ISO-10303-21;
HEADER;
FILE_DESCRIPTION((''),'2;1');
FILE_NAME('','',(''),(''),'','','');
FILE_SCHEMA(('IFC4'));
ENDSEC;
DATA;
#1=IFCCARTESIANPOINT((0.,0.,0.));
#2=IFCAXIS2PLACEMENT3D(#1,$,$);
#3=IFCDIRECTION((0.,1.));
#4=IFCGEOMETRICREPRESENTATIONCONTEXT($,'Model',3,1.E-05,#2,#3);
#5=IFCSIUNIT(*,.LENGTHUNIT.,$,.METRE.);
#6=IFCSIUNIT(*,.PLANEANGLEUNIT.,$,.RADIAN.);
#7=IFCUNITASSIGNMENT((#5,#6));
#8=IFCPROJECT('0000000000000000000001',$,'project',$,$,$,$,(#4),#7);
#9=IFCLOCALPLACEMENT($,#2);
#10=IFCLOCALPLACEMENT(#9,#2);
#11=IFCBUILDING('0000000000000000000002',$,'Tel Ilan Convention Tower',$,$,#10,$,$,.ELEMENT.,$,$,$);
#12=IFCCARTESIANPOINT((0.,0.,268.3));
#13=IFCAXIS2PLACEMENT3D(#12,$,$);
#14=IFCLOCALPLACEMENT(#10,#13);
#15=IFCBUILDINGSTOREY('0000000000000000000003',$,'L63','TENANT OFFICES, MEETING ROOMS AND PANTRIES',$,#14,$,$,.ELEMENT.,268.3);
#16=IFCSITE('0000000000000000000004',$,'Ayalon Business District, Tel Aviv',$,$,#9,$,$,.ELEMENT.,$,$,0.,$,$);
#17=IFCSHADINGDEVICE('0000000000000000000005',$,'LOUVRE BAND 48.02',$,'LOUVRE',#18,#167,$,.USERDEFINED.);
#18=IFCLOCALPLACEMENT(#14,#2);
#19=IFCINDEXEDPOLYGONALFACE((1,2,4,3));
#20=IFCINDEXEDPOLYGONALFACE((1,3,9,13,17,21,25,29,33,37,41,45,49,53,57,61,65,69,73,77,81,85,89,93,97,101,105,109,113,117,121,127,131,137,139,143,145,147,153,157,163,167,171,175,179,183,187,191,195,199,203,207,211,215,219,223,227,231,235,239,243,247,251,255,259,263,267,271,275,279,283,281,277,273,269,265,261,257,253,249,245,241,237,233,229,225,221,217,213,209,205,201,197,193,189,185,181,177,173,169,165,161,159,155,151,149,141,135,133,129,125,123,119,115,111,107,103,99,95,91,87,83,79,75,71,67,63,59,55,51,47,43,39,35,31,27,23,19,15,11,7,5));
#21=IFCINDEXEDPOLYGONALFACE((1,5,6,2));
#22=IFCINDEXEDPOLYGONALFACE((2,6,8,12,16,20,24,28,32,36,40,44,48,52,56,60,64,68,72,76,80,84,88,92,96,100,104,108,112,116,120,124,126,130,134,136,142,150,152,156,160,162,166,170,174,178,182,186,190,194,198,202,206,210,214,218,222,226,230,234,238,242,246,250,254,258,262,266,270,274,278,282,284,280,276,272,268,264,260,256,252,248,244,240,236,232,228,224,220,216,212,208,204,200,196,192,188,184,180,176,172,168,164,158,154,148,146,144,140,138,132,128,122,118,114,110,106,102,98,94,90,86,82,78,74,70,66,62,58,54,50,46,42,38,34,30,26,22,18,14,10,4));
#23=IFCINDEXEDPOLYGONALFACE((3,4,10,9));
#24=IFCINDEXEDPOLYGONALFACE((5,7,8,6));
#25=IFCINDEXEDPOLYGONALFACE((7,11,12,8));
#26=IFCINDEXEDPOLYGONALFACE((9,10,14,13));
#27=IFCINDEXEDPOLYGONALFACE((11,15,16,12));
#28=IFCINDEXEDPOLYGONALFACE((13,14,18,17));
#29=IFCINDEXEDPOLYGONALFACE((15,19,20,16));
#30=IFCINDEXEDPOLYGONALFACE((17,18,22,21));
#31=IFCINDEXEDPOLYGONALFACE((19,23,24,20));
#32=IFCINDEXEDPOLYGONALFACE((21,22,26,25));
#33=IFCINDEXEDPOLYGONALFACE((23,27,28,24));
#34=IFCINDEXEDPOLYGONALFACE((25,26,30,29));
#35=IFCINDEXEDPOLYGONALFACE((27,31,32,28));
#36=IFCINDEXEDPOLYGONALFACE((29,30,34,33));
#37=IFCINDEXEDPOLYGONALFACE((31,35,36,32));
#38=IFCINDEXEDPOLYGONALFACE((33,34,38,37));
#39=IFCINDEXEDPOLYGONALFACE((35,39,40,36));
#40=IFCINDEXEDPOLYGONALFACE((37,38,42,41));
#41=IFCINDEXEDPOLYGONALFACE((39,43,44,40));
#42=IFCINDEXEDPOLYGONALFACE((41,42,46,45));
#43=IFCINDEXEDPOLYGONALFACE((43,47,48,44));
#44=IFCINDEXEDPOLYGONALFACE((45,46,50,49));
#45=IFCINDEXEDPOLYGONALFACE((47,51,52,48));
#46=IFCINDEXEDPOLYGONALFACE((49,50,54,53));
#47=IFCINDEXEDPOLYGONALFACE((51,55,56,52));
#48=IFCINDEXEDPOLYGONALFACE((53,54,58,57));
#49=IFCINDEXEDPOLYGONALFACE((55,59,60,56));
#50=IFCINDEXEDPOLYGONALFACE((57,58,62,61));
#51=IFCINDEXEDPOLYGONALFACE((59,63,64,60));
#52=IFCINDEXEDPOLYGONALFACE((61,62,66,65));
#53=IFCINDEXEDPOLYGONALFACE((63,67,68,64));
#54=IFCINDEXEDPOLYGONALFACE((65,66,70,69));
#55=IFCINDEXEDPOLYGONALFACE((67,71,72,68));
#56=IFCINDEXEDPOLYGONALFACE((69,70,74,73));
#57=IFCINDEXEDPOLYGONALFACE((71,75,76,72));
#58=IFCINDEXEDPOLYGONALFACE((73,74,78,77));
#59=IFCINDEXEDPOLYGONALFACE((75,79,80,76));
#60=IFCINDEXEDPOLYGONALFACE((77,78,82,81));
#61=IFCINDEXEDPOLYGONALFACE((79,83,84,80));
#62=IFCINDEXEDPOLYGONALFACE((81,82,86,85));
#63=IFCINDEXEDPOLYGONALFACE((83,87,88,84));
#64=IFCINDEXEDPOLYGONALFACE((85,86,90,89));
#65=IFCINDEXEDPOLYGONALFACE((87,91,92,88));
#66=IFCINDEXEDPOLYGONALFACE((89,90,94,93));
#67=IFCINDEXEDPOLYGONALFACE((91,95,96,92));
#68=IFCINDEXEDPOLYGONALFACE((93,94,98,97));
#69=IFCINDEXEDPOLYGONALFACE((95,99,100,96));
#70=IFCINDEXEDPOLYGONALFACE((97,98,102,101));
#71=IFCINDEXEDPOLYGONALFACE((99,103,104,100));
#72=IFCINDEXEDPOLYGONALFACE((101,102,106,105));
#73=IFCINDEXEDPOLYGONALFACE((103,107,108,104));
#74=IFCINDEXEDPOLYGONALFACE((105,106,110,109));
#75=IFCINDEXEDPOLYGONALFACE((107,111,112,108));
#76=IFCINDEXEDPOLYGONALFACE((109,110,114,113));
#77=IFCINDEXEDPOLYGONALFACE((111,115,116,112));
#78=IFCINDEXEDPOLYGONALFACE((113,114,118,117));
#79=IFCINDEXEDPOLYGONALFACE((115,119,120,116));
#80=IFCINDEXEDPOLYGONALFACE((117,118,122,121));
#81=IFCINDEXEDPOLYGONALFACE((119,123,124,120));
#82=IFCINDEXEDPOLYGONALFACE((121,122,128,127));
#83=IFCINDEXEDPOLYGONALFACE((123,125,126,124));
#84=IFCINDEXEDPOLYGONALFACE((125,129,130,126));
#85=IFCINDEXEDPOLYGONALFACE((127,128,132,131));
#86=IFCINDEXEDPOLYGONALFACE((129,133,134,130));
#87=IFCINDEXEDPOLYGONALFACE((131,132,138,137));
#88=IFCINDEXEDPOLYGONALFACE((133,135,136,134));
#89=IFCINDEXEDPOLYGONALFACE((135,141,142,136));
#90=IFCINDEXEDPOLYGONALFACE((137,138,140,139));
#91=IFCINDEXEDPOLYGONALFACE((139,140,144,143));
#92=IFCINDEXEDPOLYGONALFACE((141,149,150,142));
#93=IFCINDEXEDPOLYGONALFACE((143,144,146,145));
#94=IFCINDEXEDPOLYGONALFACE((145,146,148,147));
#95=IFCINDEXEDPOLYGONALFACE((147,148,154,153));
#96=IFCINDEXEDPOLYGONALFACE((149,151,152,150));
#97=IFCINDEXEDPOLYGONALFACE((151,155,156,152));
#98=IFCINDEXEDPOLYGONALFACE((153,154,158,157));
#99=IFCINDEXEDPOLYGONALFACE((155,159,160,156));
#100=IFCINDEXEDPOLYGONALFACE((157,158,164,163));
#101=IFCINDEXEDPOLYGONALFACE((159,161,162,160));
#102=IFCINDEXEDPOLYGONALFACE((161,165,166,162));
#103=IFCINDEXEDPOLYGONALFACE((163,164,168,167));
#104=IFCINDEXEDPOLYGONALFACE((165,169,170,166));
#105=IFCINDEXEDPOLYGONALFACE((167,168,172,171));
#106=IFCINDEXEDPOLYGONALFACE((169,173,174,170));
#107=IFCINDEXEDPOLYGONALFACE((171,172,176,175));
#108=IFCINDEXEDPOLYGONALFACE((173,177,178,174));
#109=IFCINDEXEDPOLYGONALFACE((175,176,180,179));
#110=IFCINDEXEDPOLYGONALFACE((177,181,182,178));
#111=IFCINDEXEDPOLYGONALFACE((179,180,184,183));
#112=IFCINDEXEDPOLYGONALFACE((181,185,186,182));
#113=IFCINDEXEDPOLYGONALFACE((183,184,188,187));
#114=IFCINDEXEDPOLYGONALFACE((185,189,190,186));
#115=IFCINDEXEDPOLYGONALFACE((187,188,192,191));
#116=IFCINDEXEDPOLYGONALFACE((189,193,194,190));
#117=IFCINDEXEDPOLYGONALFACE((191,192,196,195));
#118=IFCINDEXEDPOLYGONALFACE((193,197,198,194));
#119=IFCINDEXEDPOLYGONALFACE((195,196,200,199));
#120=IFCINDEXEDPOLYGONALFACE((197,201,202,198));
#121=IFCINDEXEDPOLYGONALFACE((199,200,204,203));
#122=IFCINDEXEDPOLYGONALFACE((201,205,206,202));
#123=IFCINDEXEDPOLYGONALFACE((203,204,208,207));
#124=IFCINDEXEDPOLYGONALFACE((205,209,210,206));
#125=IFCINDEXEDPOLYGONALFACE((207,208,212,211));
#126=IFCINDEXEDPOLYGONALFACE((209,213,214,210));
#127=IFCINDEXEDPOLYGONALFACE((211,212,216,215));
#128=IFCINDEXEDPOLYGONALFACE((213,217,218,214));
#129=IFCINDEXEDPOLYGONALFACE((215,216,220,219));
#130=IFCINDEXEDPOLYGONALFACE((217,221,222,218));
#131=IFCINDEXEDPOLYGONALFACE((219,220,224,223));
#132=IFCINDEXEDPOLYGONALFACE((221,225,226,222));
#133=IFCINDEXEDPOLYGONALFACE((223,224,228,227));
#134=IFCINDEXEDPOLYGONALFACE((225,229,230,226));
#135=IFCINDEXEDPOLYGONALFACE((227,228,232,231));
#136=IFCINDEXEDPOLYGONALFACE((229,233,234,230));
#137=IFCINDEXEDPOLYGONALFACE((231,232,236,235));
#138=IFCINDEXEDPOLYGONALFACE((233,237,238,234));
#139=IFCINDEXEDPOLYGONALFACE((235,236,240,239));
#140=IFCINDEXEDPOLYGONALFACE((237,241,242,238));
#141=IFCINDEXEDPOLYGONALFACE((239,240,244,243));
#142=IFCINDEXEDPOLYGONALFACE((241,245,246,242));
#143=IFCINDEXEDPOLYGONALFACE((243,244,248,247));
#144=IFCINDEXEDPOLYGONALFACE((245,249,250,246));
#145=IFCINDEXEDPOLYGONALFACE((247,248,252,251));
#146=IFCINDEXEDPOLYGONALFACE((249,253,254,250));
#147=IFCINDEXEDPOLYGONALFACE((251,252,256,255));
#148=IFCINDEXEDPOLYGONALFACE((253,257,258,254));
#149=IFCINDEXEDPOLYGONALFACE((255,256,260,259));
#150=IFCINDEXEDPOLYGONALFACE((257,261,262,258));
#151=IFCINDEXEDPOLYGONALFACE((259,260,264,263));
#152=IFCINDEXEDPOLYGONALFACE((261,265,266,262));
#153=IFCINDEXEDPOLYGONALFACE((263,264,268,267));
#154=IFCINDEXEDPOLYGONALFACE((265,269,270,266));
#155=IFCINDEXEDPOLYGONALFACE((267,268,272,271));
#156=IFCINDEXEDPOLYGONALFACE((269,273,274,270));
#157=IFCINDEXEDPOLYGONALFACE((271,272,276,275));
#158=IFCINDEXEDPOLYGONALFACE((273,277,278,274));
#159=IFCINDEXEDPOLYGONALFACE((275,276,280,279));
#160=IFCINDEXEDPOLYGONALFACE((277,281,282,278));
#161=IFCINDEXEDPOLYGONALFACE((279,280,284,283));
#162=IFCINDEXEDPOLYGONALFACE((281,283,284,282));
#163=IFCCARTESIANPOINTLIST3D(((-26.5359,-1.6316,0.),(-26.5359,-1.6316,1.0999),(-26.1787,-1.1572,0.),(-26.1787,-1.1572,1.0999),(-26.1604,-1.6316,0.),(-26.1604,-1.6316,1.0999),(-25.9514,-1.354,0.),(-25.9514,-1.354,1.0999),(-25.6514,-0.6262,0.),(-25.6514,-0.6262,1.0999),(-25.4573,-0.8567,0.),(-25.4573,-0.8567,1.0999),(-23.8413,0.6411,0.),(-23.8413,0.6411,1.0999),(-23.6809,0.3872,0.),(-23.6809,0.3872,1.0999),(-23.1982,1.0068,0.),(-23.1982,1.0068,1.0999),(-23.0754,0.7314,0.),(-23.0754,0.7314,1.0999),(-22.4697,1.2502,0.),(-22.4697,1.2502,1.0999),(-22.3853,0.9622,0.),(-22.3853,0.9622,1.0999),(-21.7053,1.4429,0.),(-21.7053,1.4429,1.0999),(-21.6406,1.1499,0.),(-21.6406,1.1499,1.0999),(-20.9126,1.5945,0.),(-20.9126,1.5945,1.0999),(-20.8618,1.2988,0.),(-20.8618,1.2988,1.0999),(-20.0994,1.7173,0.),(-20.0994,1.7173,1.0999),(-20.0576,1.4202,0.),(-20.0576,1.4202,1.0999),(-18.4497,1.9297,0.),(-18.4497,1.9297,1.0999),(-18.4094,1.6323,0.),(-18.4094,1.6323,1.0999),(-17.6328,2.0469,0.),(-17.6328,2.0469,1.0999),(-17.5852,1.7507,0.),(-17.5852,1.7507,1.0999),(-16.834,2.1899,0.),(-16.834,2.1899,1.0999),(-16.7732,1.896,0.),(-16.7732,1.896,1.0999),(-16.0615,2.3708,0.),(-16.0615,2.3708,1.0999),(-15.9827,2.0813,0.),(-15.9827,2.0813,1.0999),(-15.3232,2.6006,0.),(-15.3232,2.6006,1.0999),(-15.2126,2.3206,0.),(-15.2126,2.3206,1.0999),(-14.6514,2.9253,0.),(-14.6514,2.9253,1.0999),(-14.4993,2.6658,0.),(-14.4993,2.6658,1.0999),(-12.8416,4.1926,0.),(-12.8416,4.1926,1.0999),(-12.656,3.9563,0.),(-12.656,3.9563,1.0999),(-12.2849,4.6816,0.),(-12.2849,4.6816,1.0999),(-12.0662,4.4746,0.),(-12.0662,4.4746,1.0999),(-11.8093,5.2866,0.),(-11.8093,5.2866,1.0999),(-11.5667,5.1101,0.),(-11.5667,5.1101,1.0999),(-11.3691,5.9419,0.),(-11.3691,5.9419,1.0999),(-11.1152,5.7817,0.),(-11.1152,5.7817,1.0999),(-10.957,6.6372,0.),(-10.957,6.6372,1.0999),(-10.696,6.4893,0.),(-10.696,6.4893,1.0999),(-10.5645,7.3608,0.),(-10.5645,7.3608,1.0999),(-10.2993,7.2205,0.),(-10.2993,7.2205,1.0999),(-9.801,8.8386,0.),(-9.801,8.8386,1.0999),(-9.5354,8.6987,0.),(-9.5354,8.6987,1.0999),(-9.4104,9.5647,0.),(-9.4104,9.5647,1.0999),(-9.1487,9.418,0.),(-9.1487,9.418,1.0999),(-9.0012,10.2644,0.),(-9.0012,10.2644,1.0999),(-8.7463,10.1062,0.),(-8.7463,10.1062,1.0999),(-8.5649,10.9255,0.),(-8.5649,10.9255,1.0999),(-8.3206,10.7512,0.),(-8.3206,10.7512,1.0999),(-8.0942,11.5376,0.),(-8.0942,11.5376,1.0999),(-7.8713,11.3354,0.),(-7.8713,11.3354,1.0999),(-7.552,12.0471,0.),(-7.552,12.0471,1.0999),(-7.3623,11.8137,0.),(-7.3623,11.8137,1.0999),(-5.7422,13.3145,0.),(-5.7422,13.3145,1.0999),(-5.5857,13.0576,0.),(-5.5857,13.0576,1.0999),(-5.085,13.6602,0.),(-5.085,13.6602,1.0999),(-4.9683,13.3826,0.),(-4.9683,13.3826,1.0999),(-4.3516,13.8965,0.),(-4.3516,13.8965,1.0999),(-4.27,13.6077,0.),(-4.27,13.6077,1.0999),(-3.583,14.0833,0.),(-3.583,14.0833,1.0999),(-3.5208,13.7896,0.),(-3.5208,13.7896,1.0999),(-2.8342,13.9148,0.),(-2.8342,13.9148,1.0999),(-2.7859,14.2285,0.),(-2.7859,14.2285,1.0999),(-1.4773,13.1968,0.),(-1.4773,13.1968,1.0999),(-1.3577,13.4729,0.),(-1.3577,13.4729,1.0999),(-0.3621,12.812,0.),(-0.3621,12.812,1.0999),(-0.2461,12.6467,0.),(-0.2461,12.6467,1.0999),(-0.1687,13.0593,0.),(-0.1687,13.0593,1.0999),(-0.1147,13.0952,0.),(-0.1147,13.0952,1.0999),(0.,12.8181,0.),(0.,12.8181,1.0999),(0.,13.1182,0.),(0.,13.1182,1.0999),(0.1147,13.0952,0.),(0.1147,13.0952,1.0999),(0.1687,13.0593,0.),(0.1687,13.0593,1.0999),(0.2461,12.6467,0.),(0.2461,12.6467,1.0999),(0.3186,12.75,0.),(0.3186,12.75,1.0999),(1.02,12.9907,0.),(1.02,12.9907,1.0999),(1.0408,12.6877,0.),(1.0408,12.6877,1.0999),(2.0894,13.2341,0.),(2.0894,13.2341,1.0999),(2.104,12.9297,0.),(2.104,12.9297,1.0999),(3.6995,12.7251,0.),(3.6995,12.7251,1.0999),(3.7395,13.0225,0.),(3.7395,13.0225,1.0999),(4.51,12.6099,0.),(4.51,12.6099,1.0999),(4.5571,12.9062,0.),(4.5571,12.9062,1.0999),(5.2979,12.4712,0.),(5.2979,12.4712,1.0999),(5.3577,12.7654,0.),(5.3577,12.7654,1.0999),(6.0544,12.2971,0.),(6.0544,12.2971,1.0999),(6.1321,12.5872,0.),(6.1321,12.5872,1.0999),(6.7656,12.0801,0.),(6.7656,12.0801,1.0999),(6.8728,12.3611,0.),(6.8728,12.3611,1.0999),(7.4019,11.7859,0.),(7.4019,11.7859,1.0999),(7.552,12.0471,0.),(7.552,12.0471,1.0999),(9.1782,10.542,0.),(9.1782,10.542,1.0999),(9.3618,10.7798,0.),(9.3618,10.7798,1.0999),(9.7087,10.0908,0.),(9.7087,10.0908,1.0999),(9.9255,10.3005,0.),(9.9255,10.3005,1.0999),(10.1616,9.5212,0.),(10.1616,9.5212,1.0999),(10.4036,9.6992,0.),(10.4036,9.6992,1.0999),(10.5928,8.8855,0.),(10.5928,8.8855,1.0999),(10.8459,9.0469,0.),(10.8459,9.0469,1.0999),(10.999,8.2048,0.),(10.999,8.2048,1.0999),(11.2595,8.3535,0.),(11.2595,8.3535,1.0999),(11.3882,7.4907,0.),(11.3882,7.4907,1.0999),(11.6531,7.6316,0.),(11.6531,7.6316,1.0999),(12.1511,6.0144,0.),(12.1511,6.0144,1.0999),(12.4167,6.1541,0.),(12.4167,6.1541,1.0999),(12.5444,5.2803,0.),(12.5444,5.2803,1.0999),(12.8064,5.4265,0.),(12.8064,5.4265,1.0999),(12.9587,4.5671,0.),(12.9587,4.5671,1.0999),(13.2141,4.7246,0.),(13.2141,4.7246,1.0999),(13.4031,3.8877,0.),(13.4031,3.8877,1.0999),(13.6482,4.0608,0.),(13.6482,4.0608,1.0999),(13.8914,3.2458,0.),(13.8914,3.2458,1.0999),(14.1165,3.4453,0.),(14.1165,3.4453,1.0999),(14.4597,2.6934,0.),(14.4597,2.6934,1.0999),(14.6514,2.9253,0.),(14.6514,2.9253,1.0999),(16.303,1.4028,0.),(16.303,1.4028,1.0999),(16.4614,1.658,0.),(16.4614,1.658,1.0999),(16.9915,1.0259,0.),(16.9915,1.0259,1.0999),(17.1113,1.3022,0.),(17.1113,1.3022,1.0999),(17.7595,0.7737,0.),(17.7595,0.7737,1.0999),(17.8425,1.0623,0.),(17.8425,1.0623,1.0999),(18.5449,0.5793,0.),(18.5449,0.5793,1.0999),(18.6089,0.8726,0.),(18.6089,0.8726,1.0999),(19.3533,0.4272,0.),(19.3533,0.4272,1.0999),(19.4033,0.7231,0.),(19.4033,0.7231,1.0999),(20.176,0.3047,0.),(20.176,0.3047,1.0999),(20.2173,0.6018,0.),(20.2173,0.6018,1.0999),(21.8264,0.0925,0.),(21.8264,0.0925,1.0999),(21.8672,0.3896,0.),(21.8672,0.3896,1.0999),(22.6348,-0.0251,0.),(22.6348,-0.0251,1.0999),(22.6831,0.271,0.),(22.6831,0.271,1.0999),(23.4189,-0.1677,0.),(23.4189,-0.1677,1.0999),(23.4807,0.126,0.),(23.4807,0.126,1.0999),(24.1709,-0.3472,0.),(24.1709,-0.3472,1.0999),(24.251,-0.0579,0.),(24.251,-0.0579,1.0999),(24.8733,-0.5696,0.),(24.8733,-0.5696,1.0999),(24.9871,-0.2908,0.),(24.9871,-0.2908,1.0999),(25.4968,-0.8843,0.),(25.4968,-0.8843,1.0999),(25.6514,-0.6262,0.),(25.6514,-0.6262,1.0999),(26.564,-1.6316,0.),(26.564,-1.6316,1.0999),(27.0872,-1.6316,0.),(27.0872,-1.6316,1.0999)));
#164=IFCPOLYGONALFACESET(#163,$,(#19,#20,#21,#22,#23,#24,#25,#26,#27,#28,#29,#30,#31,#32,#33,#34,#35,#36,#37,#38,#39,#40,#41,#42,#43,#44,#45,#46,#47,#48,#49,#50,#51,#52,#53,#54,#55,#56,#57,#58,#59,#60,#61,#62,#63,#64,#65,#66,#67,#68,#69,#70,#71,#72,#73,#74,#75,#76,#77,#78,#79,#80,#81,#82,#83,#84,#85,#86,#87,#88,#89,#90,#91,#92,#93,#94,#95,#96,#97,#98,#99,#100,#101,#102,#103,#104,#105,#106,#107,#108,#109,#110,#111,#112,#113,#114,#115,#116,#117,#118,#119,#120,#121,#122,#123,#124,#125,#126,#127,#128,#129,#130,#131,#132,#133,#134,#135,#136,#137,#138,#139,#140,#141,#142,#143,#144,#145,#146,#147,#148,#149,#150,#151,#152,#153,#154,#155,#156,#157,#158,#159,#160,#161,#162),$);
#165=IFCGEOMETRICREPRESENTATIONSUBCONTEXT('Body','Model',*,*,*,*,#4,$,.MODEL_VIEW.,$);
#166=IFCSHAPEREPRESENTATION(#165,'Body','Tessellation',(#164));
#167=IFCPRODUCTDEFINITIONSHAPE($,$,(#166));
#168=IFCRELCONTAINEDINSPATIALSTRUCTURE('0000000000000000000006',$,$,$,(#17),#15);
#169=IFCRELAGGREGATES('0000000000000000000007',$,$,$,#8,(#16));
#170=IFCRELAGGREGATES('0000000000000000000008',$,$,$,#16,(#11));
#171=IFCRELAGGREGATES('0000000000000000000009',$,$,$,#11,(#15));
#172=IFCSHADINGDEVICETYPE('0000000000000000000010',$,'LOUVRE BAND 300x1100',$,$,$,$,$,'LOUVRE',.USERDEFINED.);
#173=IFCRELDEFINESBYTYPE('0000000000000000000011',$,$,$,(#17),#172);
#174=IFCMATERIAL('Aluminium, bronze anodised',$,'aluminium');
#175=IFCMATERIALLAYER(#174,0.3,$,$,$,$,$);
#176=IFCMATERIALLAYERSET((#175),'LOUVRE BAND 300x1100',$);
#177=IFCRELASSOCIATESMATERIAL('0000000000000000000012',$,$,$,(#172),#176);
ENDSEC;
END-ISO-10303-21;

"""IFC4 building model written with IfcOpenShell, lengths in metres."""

from ifc_helpers import new_model, si_unit, direction, frame, origin, place, context, subcontext, project, spatial, polyline, outline, extrude, material, layer, layer_set, type_object, element, save


model = new_model("IFC4")

# Units and contexts
model_context = context("Model", 3, precision=1e-05, world=origin(), true_north=direction((0.0, 1.0)))
body_context = subcontext(model_context, "Body", "Model", "MODEL_VIEW")
ifc_project = project(units=[si_unit("LENGTHUNIT", "METRE"), si_unit("PLANEANGLEUNIT", "RADIAN")], contexts=[model_context])

# Site, building, storey
site_placement = place(None, origin())
site = spatial("IfcSite", under=ifc_project, at=site_placement, Name="Ayalon Business District, Tel Aviv", CompositionType="ELEMENT", RefElevation=0.0)
building_placement = place(site_placement, origin())
building = spatial("IfcBuilding", under=site, at=building_placement, Name="Tel Ilan Convention Tower", CompositionType="ELEMENT")
storey_placement = place(building_placement, frame((0.0, 0.0, 268.3)))
storey = spatial("IfcBuildingStorey", under=building, at=storey_placement, Name="L63", Description="TENANT OFFICES, MEETING ROOMS AND PANTRIES", CompositionType="ELEMENT", Elevation=268.3)

# Shading device
ifc_material_1 = material(Name="Aluminium, bronze anodised", Category="aluminium")
ifc_layer_1 = layer(ifc_material_1, 0.3)
ifc_layer_set_1 = layer_set([ifc_layer_1], Name="LOUVRE BAND 300x1100")
shading_device_type = type_object("IfcShadingDeviceType", Name="LOUVRE BAND 300x1100", ElementType="LOUVRE", PredefinedType="USERDEFINED", material=ifc_layer_set_1)
shading_device_1_placement = place(storey_placement, origin())
element("IfcShadingDevice", 1, at=shading_device_1_placement, inside=storey, type_object=shading_device_type, Name="LOUVRE BAND 48.02", ObjectType="LOUVRE", PredefinedType="USERDEFINED", context=body_context, shape_type="SweptSolid", body=[
    extrude(outline(polyline([(-26.1787, -1.1572), (-26.5359, -1.6316), (-26.1604, -1.6316), (-25.9514, -1.354), (-25.4573, -0.8567), (-23.6809, 0.3872), (-23.0754, 0.7314), (-22.3853, 0.9622), (-21.6406, 1.1499), (-20.8618, 1.2988), (-20.0576, 1.4202), (-18.4094, 1.6323), (-17.5852, 1.7507), (-16.7732, 1.896), (-15.9827, 2.0813), (-15.2126, 2.3206), (-14.4993, 2.6658), (-12.656, 3.9563), (-12.0662, 4.4746), (-11.5667, 5.1101), (-11.1152, 5.7817), (-10.696, 6.4893), (-10.2993, 7.2205), (-9.5354, 8.6987), (-9.1487, 9.418), (-8.7463, 10.1062), (-8.3206, 10.7512), (-7.8713, 11.3354), (-7.3623, 11.8137), (-5.5857, 13.0576), (-4.9683, 13.3826), (-4.27, 13.6077), (-3.5208, 13.7896), (-2.8342, 13.9148), (-1.4773, 13.1968), (-0.3621, 12.812), (-0.2461, 12.6467), (0.0, 12.8181), (0.2461, 12.6467), (0.3186, 12.75), (1.0408, 12.6877), (2.104, 12.9297), (3.6995, 12.7251), (4.51, 12.6099), (5.2979, 12.4712), (6.0544, 12.2971), (6.7656, 12.0801), (7.4019, 11.7859), (9.1782, 10.542), (9.7087, 10.0908), (10.1616, 9.5212), (10.5928, 8.8855), (10.999, 8.2048), (11.3882, 7.4907), (12.1511, 6.0144), (12.5444, 5.2803), (12.9587, 4.5671), (13.4031, 3.8877), (13.8914, 3.2458), (14.4597, 2.6934), (16.303, 1.4028), (16.9915, 1.0259), (17.7595, 0.7737), (18.5449, 0.5793), (19.3533, 0.4272), (20.176, 0.3047), (21.8264, 0.0925), (22.6348, -0.0251), (23.4189, -0.1677), (24.1709, -0.3472), (24.8733, -0.5696), (25.4968, -0.8843), (26.564, -1.6316), (27.0872, -1.6316), (25.6514, -0.6262), (24.9871, -0.2908), (24.251, -0.0579), (23.4807, 0.126), (22.6831, 0.271), (21.8672, 0.3896), (20.2173, 0.6018), (19.4033, 0.7231), (18.6089, 0.8726), (17.8425, 1.0623), (17.1113, 1.3022), (16.4614, 1.658), (14.6514, 2.9253), (14.1165, 3.4453), (13.6482, 4.0608), (13.2141, 4.7246), (12.8064, 5.4265), (12.4167, 6.1541), (11.6531, 7.6316), (11.2595, 8.3535), (10.8459, 9.0469), (10.4036, 9.6992), (9.9255, 10.3005), (9.3618, 10.7798), (7.552, 12.0471), (6.8728, 12.3611), (6.1321, 12.5872), (5.3577, 12.7654), (4.5571, 12.9062), (3.7395, 13.0225), (2.0894, 13.2341), (1.02, 12.9907), (0.1687, 13.0593), (0.1147, 13.0952), (0.0, 13.1182), (-0.1147, 13.0952), (-0.1687, 13.0593), (-1.3577, 13.4729), (-2.7859, 14.2285), (-3.583, 14.0833), (-4.3516, 13.8965), (-5.085, 13.6602), (-5.7422, 13.3145), (-7.552, 12.0471), (-8.0942, 11.5376), (-8.5649, 10.9255), (-9.0012, 10.2644), (-9.4104, 9.5647), (-9.801, 8.8386), (-10.5645, 7.3608), (-10.957, 6.6372), (-11.3691, 5.9419), (-11.8093, 5.2866), (-12.2849, 4.6816), (-12.8416, 4.1926), (-14.6514, 2.9253), (-15.3232, 2.6006), (-16.0615, 2.3708), (-16.834, 2.1899), (-17.6328, 2.0469), (-18.4497, 1.9297), (-20.0994, 1.7173), (-20.9126, 1.5945), (-21.7053, 1.4429), (-22.4697, 1.2502), (-23.1982, 1.0068), (-23.8413, 0.6411), (-25.6514, -0.6262), (-26.1787, -1.1572)])), origin(), (0.0, 0.0, 1.0), 1.0999),
])

save(model, "model.ifc")
